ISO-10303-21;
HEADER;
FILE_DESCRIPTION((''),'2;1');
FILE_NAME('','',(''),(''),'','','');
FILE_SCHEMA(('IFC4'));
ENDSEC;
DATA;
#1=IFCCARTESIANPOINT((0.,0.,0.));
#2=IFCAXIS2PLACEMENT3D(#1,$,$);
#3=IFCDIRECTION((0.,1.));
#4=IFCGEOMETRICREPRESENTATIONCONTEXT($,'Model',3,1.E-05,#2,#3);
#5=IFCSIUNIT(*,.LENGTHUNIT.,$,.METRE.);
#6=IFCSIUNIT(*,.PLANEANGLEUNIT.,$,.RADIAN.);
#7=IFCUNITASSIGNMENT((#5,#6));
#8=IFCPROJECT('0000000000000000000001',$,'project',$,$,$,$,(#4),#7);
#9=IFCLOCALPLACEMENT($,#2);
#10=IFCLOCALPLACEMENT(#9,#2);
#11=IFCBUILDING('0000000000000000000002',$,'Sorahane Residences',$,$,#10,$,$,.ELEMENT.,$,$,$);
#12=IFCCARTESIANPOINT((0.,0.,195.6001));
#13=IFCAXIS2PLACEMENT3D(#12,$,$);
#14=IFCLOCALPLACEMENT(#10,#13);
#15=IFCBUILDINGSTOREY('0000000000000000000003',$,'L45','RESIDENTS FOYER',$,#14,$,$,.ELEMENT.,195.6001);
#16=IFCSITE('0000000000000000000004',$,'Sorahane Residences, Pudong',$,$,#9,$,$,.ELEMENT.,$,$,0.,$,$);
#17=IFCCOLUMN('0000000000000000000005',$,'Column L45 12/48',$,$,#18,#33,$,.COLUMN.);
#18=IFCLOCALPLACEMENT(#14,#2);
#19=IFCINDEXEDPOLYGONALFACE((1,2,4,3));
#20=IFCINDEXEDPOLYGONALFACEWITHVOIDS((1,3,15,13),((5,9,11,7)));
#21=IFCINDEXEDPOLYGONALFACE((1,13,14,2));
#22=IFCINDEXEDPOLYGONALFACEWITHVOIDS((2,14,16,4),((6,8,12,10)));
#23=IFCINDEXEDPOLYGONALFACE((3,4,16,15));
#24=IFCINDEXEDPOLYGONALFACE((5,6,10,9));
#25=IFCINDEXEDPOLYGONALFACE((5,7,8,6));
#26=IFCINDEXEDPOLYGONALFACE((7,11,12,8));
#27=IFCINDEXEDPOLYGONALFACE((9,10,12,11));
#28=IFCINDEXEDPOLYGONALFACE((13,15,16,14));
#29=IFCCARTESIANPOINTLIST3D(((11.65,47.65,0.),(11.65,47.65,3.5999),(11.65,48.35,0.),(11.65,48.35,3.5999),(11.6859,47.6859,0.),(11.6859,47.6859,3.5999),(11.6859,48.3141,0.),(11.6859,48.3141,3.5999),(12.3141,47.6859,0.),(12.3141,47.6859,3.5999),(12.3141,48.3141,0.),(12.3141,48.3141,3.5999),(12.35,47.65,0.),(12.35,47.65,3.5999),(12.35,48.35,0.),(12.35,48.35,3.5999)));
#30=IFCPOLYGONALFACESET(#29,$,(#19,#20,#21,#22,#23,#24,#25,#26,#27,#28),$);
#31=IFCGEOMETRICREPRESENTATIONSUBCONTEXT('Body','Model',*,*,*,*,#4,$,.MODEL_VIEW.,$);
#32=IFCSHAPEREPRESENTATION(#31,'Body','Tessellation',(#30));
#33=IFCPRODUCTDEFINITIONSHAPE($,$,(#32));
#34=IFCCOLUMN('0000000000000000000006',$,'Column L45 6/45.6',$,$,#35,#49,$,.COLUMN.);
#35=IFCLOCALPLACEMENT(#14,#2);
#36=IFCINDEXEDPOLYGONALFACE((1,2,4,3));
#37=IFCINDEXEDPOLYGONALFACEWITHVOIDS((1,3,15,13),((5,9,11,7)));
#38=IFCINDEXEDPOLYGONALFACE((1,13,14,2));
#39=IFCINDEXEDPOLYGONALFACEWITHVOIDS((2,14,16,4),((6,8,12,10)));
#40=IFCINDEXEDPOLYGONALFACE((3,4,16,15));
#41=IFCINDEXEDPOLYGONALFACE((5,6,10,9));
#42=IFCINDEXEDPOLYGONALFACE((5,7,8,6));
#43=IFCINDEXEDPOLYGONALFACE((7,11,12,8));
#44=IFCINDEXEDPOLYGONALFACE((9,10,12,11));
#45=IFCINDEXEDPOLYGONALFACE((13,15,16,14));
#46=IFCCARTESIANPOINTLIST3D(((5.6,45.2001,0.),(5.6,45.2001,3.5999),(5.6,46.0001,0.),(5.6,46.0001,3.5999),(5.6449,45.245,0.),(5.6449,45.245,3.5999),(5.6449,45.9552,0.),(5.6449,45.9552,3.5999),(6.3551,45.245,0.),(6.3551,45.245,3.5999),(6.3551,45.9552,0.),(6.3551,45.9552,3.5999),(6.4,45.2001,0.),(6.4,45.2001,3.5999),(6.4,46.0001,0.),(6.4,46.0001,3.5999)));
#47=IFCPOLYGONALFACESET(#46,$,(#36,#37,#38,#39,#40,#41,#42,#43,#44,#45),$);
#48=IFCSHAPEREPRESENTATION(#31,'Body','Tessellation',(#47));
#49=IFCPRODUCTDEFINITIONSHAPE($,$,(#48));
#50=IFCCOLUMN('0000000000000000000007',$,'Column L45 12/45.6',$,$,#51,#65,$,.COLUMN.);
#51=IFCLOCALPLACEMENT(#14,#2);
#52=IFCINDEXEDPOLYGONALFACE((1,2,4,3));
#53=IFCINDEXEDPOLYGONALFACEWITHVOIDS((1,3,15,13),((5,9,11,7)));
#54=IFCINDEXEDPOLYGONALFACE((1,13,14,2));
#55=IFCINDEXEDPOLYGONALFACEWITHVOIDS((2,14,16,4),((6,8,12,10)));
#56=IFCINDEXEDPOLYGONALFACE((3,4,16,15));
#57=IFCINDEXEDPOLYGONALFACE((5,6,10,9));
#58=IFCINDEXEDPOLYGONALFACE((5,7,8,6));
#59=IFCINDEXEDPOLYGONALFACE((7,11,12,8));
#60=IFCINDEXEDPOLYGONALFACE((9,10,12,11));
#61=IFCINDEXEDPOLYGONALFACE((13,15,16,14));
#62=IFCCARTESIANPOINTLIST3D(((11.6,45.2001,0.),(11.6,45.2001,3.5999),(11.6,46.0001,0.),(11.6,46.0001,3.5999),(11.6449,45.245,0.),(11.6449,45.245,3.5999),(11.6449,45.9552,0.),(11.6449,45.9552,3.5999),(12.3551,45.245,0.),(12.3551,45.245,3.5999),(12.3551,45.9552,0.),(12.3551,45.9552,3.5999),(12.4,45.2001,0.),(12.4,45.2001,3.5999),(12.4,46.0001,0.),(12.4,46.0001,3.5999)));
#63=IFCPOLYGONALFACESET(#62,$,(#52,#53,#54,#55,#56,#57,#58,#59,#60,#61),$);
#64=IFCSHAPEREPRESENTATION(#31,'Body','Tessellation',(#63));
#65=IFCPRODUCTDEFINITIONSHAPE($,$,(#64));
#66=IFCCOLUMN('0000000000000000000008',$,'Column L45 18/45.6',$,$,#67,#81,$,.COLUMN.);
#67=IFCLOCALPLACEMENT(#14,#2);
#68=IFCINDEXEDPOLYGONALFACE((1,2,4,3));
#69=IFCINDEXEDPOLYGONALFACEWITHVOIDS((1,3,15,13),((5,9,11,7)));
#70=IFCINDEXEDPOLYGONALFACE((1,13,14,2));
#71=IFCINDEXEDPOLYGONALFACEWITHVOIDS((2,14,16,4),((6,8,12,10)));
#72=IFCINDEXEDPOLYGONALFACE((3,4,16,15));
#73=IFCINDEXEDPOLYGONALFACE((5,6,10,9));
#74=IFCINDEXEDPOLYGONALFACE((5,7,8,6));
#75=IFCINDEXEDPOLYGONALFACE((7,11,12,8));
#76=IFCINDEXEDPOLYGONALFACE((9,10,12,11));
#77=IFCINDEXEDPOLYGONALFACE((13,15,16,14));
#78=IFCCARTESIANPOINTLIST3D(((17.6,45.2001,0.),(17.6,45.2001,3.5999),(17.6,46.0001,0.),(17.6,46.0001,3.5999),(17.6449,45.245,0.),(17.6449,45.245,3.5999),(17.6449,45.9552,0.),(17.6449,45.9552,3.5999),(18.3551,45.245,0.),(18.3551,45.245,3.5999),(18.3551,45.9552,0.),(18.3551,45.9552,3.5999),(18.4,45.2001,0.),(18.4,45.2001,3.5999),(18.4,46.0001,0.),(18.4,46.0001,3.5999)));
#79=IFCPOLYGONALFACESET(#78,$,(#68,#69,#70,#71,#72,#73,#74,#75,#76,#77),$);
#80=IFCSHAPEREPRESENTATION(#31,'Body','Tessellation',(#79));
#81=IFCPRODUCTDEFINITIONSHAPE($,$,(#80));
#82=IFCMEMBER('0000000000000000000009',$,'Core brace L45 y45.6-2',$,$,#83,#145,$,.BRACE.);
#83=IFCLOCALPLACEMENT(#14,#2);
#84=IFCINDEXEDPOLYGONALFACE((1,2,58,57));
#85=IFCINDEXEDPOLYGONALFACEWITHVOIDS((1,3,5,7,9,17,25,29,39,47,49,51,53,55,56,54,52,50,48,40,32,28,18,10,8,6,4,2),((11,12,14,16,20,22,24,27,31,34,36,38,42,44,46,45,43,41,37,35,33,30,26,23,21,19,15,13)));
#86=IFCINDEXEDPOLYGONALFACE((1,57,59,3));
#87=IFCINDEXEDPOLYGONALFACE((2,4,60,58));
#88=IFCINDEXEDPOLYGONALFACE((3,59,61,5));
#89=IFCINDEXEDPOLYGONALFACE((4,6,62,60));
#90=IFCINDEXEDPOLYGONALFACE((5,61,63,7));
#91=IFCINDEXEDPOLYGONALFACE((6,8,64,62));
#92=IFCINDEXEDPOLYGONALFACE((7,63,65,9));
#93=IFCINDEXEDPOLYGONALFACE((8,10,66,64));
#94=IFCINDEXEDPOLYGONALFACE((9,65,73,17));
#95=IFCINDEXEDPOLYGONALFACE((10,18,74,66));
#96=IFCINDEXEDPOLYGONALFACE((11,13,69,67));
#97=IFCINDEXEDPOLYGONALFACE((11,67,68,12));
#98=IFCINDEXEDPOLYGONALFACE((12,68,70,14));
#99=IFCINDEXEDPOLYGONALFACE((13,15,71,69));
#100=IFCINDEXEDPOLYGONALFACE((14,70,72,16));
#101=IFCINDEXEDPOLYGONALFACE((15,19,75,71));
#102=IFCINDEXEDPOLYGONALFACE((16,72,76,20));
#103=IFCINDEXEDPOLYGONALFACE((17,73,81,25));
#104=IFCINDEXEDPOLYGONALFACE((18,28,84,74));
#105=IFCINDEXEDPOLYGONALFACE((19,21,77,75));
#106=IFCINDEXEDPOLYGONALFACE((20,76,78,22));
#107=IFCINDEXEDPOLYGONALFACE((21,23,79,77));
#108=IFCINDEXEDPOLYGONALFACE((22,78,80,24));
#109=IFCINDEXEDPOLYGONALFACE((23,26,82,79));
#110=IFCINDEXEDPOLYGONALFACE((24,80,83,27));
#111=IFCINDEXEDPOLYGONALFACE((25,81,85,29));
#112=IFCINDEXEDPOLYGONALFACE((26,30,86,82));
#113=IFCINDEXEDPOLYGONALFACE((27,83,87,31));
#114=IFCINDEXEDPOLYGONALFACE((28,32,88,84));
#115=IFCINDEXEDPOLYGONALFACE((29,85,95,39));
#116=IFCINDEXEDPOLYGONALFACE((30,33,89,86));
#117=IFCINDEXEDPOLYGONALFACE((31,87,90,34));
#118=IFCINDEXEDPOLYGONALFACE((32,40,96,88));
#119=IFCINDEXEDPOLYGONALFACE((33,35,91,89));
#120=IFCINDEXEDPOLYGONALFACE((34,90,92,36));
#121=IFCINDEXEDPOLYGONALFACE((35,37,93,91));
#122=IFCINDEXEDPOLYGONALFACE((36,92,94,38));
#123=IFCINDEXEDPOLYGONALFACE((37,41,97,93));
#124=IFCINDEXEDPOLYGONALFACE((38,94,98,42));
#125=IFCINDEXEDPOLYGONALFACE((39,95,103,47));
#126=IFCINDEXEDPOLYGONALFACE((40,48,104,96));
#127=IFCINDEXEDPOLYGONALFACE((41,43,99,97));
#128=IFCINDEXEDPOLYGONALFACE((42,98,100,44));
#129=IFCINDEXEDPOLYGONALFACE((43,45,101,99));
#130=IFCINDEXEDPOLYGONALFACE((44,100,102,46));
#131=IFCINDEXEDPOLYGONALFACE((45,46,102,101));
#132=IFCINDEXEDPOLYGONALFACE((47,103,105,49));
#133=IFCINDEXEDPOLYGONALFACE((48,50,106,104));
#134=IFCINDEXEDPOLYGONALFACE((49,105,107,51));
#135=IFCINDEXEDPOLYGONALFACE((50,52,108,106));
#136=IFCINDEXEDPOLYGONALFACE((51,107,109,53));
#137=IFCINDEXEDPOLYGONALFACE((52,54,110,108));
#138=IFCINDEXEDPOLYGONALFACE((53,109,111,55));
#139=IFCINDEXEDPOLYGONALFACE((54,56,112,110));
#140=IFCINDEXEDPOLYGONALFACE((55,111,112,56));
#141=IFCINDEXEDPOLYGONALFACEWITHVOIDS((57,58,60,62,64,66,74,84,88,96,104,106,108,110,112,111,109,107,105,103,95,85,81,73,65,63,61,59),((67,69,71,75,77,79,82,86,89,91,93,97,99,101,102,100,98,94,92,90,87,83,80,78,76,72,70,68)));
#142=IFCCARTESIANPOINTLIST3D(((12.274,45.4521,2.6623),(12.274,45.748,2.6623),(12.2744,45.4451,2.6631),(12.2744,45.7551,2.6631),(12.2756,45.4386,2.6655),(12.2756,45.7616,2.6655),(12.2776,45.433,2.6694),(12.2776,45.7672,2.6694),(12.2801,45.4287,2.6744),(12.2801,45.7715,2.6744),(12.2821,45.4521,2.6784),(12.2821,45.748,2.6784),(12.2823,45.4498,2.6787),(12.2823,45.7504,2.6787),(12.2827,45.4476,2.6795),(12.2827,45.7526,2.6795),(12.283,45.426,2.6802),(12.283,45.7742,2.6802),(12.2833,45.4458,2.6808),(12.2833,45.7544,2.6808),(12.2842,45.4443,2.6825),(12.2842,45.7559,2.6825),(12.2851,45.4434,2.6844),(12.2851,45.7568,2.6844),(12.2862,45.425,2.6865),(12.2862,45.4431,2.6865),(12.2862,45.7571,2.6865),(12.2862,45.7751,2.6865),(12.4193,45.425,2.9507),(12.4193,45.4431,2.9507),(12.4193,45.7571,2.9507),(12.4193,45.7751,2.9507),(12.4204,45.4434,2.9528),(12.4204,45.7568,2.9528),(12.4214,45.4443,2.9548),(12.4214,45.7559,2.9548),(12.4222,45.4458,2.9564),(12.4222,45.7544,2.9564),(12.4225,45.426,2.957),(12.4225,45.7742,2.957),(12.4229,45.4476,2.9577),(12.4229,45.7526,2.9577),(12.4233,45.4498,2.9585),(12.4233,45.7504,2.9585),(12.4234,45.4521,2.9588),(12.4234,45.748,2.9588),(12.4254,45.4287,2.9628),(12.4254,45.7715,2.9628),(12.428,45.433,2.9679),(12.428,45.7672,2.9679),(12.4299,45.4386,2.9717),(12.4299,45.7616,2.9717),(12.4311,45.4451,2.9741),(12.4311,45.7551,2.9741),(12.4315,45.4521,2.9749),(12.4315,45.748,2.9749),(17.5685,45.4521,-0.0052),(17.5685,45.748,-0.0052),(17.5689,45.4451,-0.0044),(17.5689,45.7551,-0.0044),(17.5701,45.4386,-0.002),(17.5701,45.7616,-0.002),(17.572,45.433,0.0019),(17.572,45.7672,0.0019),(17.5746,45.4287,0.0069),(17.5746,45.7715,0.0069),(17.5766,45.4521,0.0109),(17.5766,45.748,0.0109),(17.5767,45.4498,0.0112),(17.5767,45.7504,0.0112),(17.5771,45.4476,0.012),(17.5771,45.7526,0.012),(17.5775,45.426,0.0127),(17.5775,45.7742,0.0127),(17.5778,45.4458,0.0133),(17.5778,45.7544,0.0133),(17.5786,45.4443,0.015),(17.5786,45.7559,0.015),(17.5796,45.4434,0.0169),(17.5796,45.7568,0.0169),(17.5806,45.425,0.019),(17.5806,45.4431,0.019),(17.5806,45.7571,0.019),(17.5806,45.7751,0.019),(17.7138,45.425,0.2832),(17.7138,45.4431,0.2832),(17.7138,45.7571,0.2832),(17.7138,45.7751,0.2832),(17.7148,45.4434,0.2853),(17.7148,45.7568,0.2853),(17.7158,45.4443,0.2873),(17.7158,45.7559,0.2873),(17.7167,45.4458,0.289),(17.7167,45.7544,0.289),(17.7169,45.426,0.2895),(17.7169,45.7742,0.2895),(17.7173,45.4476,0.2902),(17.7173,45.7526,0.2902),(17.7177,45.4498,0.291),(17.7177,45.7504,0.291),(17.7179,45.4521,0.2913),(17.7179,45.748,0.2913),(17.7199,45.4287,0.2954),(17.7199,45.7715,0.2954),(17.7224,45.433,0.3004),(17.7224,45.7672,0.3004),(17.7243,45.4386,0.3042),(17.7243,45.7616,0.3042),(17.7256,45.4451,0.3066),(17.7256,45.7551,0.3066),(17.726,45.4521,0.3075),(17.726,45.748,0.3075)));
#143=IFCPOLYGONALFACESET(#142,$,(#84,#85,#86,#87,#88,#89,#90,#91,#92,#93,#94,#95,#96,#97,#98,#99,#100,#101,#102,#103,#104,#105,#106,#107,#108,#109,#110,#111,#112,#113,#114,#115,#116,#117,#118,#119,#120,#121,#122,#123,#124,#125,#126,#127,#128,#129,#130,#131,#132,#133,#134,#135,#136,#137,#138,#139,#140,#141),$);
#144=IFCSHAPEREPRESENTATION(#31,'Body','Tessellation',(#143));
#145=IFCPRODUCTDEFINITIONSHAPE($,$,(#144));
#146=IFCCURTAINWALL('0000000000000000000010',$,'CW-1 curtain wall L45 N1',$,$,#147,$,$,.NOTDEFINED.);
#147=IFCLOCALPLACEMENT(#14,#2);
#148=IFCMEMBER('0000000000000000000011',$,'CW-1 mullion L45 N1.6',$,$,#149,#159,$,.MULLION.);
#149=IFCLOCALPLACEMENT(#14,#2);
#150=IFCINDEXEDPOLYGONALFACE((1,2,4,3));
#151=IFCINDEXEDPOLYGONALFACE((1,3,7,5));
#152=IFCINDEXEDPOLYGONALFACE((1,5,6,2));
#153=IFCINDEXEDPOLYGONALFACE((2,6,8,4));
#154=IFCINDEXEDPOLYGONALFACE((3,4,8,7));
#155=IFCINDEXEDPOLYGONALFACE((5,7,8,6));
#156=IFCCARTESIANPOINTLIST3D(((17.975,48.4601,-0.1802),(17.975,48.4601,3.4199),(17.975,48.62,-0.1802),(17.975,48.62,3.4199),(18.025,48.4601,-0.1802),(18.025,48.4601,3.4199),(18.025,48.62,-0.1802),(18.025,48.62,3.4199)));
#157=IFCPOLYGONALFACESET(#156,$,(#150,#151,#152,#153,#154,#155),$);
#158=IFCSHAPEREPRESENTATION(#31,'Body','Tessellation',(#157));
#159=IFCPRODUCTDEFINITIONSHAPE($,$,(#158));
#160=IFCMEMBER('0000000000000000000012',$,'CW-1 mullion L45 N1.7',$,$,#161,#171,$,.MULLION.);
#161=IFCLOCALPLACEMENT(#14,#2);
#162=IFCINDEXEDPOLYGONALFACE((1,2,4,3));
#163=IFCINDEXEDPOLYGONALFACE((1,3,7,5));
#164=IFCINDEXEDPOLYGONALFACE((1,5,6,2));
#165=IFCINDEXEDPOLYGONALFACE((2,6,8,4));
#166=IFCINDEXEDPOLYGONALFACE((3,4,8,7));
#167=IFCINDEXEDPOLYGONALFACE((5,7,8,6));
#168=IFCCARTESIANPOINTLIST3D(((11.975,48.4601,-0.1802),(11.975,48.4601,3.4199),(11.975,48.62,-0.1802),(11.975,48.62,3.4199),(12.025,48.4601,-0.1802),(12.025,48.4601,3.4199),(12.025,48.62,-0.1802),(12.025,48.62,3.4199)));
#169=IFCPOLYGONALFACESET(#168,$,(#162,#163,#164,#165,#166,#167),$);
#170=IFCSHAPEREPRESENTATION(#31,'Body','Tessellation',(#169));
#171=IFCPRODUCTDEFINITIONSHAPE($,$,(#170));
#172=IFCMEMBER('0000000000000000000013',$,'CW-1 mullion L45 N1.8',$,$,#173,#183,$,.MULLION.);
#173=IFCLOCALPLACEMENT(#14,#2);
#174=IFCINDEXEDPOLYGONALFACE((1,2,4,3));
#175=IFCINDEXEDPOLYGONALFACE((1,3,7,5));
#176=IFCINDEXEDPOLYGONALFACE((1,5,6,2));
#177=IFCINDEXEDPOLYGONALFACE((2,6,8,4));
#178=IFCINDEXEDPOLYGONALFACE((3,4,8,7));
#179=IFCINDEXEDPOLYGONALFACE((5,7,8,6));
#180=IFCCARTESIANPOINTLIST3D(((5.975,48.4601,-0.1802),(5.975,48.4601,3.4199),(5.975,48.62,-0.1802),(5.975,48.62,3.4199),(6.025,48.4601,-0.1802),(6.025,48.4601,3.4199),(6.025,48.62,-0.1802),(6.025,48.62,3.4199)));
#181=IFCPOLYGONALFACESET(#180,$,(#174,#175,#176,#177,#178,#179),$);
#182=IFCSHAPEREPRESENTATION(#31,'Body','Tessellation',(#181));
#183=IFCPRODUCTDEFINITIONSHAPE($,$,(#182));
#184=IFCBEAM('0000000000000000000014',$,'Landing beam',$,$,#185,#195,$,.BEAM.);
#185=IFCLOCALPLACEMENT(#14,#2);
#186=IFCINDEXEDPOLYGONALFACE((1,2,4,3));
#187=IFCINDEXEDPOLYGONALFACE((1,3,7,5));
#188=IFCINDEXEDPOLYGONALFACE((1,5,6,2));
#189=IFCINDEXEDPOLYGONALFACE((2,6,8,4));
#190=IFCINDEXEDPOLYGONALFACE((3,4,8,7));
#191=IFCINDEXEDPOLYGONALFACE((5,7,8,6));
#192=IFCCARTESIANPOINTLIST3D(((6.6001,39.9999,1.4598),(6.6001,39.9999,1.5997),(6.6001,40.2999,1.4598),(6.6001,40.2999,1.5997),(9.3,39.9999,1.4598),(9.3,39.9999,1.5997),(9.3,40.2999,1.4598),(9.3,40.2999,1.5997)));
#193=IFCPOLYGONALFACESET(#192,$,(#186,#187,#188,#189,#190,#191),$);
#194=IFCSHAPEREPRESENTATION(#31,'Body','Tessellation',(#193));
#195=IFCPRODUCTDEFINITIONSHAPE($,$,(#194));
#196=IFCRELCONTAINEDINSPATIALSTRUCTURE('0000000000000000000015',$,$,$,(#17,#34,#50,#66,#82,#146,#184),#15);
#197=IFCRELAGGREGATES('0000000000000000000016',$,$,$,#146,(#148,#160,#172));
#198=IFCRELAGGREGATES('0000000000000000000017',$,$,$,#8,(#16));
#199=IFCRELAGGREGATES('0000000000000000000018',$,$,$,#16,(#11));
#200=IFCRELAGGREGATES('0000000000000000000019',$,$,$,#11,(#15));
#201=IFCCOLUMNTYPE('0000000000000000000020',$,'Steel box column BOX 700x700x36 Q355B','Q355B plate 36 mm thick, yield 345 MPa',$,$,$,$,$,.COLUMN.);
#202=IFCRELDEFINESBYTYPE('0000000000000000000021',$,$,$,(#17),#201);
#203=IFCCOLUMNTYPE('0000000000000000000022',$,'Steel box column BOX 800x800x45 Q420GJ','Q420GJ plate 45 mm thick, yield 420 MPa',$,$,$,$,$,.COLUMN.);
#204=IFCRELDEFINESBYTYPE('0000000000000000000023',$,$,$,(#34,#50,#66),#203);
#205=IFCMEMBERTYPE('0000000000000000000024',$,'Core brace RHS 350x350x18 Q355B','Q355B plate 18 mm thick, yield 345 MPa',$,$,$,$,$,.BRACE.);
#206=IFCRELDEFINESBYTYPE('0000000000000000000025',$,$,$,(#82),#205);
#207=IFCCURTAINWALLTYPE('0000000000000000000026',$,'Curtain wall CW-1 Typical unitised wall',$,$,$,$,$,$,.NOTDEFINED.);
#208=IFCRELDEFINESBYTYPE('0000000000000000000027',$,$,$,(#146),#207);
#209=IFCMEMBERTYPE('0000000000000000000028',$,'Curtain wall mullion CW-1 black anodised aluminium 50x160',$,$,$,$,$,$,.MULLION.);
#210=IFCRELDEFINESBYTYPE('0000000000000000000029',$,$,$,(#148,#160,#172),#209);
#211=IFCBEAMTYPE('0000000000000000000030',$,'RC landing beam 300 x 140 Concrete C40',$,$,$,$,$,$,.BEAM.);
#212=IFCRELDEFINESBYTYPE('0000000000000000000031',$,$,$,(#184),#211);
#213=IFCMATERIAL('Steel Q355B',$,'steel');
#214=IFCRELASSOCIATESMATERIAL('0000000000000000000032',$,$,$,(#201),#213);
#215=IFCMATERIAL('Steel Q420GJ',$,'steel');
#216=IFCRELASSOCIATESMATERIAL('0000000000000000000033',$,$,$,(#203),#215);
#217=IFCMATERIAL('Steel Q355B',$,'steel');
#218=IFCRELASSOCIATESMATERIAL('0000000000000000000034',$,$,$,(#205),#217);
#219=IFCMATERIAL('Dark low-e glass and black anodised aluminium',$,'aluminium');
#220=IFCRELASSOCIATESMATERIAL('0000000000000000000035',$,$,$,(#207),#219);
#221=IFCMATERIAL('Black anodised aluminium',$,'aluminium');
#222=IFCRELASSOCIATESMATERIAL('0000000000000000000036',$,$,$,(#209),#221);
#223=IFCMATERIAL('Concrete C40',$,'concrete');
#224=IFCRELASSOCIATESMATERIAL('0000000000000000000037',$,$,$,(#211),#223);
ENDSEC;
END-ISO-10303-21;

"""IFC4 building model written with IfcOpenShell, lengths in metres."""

from ifc_helpers import new_model, si_unit, direction, frame, origin, origin_2d, place, context, subcontext, project, spatial, rectangle, hollow_rectangle, extrude, material, material_profile, profile_set, type_object, element, aggregate, save


model = new_model("IFC4")

# Units and contexts
model_context = context("Model", 3, precision=1e-05, world=origin(), true_north=direction((0.0, 1.0)))
body_context = subcontext(model_context, "Body", "Model", "MODEL_VIEW")
ifc_project = project(units=[si_unit("LENGTHUNIT", "METRE"), si_unit("PLANEANGLEUNIT", "RADIAN")], contexts=[model_context])

# Site, building, storey
site_placement = place(None, origin())
site = spatial("IfcSite", under=ifc_project, at=site_placement, Name="Sorahane Residences, Pudong", CompositionType="ELEMENT", RefElevation=0.0)
building_placement = place(site_placement, origin())
building = spatial("IfcBuilding", under=site, at=building_placement, Name="Sorahane Residences", CompositionType="ELEMENT")
storey_placement = place(building_placement, frame((0.0, 0.0, 195.6001)))
storey = spatial("IfcBuildingStorey", under=building, at=storey_placement, Name="L45", Description="RESIDENTS FOYER", CompositionType="ELEMENT", Elevation=195.6001)

# Columns
ifc_material_1 = material(Name="Steel Q355B", Category="steel")
ifc_material_profile_1 = material_profile(ifc_material_1, hollow_rectangle(XDim=0.7, YDim=0.7, WallThickness=0.0359, at=origin_2d()), Name="BOX 700x700x36")
ifc_profile_set_1 = profile_set([ifc_material_profile_1], Name="Steel Q355B")
column_type_1 = type_object("IfcColumnType", Name="Steel box column BOX 700x700x36 Q355B", Description="Q355B plate 36 mm thick, yield 345 MPa", PredefinedType="COLUMN", material=ifc_profile_set_1)
column_placement = place(storey_placement, frame((12.0, 48.0, 0.0), z_axis=(0.0, 0.0, 1.0), x_axis=(1.0, 0.0, 0.0)))
element("IfcColumn", 1, at=column_placement, inside=storey, type_object=column_type_1, Name="Column L45 12/48", PredefinedType="COLUMN", context=body_context, shape_type="SweptSolid", body=[
    extrude(hollow_rectangle(XDim=0.7, YDim=0.7, WallThickness=0.0359, at=origin_2d()), origin(), (0.0, 0.0, 1.0), 3.5999),
])
ifc_material_2 = material(Name="Steel Q420GJ", Category="steel")
ifc_material_profile_2 = material_profile(ifc_material_2, hollow_rectangle(XDim=0.8, YDim=0.8, WallThickness=0.0449, at=origin_2d()), Name="BOX 800x800x45")
ifc_profile_set_2 = profile_set([ifc_material_profile_2], Name="Steel Q420GJ")
column_type_2 = type_object("IfcColumnType", Name="Steel box column BOX 800x800x45 Q420GJ", Description="Q420GJ plate 45 mm thick, yield 420 MPa", PredefinedType="COLUMN", material=ifc_profile_set_2)
for number, where, z_axis, x_axis, name in (
    (2, (6.0, 45.6001, 0.0), (0.0, 0.0, 1.0), (1.0, 0.0, 0.0), "Column L45 6/45.6"),
    (3, (12.0, 45.6001, 0.0), (0.0, 0.0, 1.0), (1.0, 0.0, 0.0), "Column L45 12/45.6"),
    (4, (18.0, 45.6001, 0.0), (0.0, 0.0, 1.0), (1.0, 0.0, 0.0), "Column L45 18/45.6"),
):
    element("IfcColumn", number, at=place(storey_placement, frame(where, z_axis=z_axis, x_axis=x_axis)), inside=storey, type_object=column_type_2, Name=name, PredefinedType="COLUMN", context=body_context, shape_type="SweptSolid", body=[
        extrude(hollow_rectangle(XDim=0.8, YDim=0.8, WallThickness=0.0449, at=origin_2d()), origin(), (0.0, 0.0, 1.0), 3.5999),
    ])

# Member
ifc_material_3 = material(Name="Steel Q355B", Category="steel")
ifc_material_profile_3 = material_profile(ifc_material_3, hollow_rectangle(XDim=0.3501, YDim=0.3501, WallThickness=0.0181, InnerFilletRadius=0.009, OuterFilletRadius=0.0271, at=origin_2d()), Name="RHS 350x350x18")
ifc_profile_set_3 = profile_set([ifc_material_profile_3], Name="Steel Q355B")
member_type_1 = type_object("IfcMemberType", Name="Core brace RHS 350x350x18 Q355B", Description="Q355B plate 18 mm thick, yield 345 MPa", PredefinedType="BRACE", material=ifc_profile_set_3)
member_1_placement = place(storey_placement, frame((17.6472, 45.6001, 0.1511), z_axis=(-0.893056, 0.0, 0.449946), x_axis=(0.0, -1.0, 0.0)))
element("IfcMember", 5, at=member_1_placement, inside=storey, type_object=member_type_1, Name="Core brace L45 y45.6-2", PredefinedType="BRACE", context=body_context, shape_type="SweptSolid", body=[
    extrude(hollow_rectangle(XDim=0.3501, YDim=0.3501, WallThickness=0.0181, InnerFilletRadius=0.009, OuterFilletRadius=0.0271, at=origin_2d()), origin(), (0.0, 0.0, 1.0), 5.9285),
])

# Curtain wall, members
ifc_material_4 = material(Name="Dark low-e glass and black anodised aluminium", Category="aluminium")
curtain_wall_type = type_object("IfcCurtainWallType", Name="Curtain wall CW-1 Typical unitised wall", PredefinedType="NOTDEFINED", material=ifc_material_4)
curtain_wall_placement = place(storey_placement, origin())
curtain_wall = element("IfcCurtainWall", 6, at=curtain_wall_placement, inside=storey, type_object=curtain_wall_type, Name="CW-1 curtain wall L45 N1", PredefinedType="NOTDEFINED")
ifc_material_5 = material(Name="Black anodised aluminium", Category="aluminium")
ifc_material_profile_4 = material_profile(ifc_material_5, rectangle(XDim=0.1599, YDim=0.05, at=origin_2d()), Name="Curtain wall mullion CW-1 black anodised aluminium 50x160")
ifc_profile_set_4 = profile_set([ifc_material_profile_4], Name="Black anodised aluminium")
member_type_2 = type_object("IfcMemberType", Name="Curtain wall mullion CW-1 black anodised aluminium 50x160", PredefinedType="MULLION", material=ifc_profile_set_4)
member_2_placement = place(storey_placement, frame((18.0, 48.54, -0.1802), z_axis=(0.0, 0.0, 1.0), x_axis=(0.0, 1.0, 0.0)))
member_2 = element("IfcMember", 7, at=member_2_placement, type_object=member_type_2, Name="CW-1 mullion L45 N1.6", PredefinedType="MULLION", context=body_context, shape_type="SweptSolid", body=[
    extrude(rectangle(XDim=0.1599, YDim=0.05, at=origin_2d()), origin(), (0.0, 0.0, 1.0), 3.6001),
])
member_3_placement = place(storey_placement, frame((12.0, 48.54, -0.1802), z_axis=(0.0, 0.0, 1.0), x_axis=(0.0, 1.0, 0.0)))
member_3 = element("IfcMember", 8, at=member_3_placement, type_object=member_type_2, Name="CW-1 mullion L45 N1.7", PredefinedType="MULLION", context=body_context, shape_type="SweptSolid", body=[
    extrude(rectangle(XDim=0.1599, YDim=0.05, at=origin_2d()), origin(), (0.0, 0.0, 1.0), 3.6001),
])
member_4_placement = place(storey_placement, frame((6.0, 48.54, -0.1802), z_axis=(0.0, 0.0, 1.0), x_axis=(0.0, 1.0, 0.0)))
member_4 = element("IfcMember", 9, at=member_4_placement, type_object=member_type_2, Name="CW-1 mullion L45 N1.8", PredefinedType="MULLION", context=body_context, shape_type="SweptSolid", body=[
    extrude(rectangle(XDim=0.1599, YDim=0.05, at=origin_2d()), origin(), (0.0, 0.0, 1.0), 3.6001),
])

# Beam
ifc_material_6 = material(Name="Concrete C40", Category="concrete")
ifc_material_profile_5 = material_profile(ifc_material_6, rectangle(XDim=0.3, YDim=0.1399, at=origin_2d()), Name="300x140")
ifc_profile_set_5 = profile_set([ifc_material_profile_5], Name="Concrete C40")
beam_type_1 = type_object("IfcBeamType", Name="RC landing beam 300 x 140 Concrete C40", PredefinedType="BEAM", material=ifc_profile_set_5)
beam_1_placement = place(storey_placement, frame((6.6001, 40.1499, 1.5298), z_axis=(1.0, 0.0, 0.0), x_axis=(0.0, 1.0, 0.0)))
element("IfcBeam", 10, at=beam_1_placement, inside=storey, type_object=beam_type_1, Name="Landing beam", PredefinedType="BEAM", context=body_context, shape_type="SweptSolid", body=[
    extrude(rectangle(XDim=0.3, YDim=0.1399, at=origin_2d()), origin(), (0.0, 0.0, 1.0), 2.7),
])

aggregate(curtain_wall, [member_2, member_3, member_4])

save(model, "model.ifc")
